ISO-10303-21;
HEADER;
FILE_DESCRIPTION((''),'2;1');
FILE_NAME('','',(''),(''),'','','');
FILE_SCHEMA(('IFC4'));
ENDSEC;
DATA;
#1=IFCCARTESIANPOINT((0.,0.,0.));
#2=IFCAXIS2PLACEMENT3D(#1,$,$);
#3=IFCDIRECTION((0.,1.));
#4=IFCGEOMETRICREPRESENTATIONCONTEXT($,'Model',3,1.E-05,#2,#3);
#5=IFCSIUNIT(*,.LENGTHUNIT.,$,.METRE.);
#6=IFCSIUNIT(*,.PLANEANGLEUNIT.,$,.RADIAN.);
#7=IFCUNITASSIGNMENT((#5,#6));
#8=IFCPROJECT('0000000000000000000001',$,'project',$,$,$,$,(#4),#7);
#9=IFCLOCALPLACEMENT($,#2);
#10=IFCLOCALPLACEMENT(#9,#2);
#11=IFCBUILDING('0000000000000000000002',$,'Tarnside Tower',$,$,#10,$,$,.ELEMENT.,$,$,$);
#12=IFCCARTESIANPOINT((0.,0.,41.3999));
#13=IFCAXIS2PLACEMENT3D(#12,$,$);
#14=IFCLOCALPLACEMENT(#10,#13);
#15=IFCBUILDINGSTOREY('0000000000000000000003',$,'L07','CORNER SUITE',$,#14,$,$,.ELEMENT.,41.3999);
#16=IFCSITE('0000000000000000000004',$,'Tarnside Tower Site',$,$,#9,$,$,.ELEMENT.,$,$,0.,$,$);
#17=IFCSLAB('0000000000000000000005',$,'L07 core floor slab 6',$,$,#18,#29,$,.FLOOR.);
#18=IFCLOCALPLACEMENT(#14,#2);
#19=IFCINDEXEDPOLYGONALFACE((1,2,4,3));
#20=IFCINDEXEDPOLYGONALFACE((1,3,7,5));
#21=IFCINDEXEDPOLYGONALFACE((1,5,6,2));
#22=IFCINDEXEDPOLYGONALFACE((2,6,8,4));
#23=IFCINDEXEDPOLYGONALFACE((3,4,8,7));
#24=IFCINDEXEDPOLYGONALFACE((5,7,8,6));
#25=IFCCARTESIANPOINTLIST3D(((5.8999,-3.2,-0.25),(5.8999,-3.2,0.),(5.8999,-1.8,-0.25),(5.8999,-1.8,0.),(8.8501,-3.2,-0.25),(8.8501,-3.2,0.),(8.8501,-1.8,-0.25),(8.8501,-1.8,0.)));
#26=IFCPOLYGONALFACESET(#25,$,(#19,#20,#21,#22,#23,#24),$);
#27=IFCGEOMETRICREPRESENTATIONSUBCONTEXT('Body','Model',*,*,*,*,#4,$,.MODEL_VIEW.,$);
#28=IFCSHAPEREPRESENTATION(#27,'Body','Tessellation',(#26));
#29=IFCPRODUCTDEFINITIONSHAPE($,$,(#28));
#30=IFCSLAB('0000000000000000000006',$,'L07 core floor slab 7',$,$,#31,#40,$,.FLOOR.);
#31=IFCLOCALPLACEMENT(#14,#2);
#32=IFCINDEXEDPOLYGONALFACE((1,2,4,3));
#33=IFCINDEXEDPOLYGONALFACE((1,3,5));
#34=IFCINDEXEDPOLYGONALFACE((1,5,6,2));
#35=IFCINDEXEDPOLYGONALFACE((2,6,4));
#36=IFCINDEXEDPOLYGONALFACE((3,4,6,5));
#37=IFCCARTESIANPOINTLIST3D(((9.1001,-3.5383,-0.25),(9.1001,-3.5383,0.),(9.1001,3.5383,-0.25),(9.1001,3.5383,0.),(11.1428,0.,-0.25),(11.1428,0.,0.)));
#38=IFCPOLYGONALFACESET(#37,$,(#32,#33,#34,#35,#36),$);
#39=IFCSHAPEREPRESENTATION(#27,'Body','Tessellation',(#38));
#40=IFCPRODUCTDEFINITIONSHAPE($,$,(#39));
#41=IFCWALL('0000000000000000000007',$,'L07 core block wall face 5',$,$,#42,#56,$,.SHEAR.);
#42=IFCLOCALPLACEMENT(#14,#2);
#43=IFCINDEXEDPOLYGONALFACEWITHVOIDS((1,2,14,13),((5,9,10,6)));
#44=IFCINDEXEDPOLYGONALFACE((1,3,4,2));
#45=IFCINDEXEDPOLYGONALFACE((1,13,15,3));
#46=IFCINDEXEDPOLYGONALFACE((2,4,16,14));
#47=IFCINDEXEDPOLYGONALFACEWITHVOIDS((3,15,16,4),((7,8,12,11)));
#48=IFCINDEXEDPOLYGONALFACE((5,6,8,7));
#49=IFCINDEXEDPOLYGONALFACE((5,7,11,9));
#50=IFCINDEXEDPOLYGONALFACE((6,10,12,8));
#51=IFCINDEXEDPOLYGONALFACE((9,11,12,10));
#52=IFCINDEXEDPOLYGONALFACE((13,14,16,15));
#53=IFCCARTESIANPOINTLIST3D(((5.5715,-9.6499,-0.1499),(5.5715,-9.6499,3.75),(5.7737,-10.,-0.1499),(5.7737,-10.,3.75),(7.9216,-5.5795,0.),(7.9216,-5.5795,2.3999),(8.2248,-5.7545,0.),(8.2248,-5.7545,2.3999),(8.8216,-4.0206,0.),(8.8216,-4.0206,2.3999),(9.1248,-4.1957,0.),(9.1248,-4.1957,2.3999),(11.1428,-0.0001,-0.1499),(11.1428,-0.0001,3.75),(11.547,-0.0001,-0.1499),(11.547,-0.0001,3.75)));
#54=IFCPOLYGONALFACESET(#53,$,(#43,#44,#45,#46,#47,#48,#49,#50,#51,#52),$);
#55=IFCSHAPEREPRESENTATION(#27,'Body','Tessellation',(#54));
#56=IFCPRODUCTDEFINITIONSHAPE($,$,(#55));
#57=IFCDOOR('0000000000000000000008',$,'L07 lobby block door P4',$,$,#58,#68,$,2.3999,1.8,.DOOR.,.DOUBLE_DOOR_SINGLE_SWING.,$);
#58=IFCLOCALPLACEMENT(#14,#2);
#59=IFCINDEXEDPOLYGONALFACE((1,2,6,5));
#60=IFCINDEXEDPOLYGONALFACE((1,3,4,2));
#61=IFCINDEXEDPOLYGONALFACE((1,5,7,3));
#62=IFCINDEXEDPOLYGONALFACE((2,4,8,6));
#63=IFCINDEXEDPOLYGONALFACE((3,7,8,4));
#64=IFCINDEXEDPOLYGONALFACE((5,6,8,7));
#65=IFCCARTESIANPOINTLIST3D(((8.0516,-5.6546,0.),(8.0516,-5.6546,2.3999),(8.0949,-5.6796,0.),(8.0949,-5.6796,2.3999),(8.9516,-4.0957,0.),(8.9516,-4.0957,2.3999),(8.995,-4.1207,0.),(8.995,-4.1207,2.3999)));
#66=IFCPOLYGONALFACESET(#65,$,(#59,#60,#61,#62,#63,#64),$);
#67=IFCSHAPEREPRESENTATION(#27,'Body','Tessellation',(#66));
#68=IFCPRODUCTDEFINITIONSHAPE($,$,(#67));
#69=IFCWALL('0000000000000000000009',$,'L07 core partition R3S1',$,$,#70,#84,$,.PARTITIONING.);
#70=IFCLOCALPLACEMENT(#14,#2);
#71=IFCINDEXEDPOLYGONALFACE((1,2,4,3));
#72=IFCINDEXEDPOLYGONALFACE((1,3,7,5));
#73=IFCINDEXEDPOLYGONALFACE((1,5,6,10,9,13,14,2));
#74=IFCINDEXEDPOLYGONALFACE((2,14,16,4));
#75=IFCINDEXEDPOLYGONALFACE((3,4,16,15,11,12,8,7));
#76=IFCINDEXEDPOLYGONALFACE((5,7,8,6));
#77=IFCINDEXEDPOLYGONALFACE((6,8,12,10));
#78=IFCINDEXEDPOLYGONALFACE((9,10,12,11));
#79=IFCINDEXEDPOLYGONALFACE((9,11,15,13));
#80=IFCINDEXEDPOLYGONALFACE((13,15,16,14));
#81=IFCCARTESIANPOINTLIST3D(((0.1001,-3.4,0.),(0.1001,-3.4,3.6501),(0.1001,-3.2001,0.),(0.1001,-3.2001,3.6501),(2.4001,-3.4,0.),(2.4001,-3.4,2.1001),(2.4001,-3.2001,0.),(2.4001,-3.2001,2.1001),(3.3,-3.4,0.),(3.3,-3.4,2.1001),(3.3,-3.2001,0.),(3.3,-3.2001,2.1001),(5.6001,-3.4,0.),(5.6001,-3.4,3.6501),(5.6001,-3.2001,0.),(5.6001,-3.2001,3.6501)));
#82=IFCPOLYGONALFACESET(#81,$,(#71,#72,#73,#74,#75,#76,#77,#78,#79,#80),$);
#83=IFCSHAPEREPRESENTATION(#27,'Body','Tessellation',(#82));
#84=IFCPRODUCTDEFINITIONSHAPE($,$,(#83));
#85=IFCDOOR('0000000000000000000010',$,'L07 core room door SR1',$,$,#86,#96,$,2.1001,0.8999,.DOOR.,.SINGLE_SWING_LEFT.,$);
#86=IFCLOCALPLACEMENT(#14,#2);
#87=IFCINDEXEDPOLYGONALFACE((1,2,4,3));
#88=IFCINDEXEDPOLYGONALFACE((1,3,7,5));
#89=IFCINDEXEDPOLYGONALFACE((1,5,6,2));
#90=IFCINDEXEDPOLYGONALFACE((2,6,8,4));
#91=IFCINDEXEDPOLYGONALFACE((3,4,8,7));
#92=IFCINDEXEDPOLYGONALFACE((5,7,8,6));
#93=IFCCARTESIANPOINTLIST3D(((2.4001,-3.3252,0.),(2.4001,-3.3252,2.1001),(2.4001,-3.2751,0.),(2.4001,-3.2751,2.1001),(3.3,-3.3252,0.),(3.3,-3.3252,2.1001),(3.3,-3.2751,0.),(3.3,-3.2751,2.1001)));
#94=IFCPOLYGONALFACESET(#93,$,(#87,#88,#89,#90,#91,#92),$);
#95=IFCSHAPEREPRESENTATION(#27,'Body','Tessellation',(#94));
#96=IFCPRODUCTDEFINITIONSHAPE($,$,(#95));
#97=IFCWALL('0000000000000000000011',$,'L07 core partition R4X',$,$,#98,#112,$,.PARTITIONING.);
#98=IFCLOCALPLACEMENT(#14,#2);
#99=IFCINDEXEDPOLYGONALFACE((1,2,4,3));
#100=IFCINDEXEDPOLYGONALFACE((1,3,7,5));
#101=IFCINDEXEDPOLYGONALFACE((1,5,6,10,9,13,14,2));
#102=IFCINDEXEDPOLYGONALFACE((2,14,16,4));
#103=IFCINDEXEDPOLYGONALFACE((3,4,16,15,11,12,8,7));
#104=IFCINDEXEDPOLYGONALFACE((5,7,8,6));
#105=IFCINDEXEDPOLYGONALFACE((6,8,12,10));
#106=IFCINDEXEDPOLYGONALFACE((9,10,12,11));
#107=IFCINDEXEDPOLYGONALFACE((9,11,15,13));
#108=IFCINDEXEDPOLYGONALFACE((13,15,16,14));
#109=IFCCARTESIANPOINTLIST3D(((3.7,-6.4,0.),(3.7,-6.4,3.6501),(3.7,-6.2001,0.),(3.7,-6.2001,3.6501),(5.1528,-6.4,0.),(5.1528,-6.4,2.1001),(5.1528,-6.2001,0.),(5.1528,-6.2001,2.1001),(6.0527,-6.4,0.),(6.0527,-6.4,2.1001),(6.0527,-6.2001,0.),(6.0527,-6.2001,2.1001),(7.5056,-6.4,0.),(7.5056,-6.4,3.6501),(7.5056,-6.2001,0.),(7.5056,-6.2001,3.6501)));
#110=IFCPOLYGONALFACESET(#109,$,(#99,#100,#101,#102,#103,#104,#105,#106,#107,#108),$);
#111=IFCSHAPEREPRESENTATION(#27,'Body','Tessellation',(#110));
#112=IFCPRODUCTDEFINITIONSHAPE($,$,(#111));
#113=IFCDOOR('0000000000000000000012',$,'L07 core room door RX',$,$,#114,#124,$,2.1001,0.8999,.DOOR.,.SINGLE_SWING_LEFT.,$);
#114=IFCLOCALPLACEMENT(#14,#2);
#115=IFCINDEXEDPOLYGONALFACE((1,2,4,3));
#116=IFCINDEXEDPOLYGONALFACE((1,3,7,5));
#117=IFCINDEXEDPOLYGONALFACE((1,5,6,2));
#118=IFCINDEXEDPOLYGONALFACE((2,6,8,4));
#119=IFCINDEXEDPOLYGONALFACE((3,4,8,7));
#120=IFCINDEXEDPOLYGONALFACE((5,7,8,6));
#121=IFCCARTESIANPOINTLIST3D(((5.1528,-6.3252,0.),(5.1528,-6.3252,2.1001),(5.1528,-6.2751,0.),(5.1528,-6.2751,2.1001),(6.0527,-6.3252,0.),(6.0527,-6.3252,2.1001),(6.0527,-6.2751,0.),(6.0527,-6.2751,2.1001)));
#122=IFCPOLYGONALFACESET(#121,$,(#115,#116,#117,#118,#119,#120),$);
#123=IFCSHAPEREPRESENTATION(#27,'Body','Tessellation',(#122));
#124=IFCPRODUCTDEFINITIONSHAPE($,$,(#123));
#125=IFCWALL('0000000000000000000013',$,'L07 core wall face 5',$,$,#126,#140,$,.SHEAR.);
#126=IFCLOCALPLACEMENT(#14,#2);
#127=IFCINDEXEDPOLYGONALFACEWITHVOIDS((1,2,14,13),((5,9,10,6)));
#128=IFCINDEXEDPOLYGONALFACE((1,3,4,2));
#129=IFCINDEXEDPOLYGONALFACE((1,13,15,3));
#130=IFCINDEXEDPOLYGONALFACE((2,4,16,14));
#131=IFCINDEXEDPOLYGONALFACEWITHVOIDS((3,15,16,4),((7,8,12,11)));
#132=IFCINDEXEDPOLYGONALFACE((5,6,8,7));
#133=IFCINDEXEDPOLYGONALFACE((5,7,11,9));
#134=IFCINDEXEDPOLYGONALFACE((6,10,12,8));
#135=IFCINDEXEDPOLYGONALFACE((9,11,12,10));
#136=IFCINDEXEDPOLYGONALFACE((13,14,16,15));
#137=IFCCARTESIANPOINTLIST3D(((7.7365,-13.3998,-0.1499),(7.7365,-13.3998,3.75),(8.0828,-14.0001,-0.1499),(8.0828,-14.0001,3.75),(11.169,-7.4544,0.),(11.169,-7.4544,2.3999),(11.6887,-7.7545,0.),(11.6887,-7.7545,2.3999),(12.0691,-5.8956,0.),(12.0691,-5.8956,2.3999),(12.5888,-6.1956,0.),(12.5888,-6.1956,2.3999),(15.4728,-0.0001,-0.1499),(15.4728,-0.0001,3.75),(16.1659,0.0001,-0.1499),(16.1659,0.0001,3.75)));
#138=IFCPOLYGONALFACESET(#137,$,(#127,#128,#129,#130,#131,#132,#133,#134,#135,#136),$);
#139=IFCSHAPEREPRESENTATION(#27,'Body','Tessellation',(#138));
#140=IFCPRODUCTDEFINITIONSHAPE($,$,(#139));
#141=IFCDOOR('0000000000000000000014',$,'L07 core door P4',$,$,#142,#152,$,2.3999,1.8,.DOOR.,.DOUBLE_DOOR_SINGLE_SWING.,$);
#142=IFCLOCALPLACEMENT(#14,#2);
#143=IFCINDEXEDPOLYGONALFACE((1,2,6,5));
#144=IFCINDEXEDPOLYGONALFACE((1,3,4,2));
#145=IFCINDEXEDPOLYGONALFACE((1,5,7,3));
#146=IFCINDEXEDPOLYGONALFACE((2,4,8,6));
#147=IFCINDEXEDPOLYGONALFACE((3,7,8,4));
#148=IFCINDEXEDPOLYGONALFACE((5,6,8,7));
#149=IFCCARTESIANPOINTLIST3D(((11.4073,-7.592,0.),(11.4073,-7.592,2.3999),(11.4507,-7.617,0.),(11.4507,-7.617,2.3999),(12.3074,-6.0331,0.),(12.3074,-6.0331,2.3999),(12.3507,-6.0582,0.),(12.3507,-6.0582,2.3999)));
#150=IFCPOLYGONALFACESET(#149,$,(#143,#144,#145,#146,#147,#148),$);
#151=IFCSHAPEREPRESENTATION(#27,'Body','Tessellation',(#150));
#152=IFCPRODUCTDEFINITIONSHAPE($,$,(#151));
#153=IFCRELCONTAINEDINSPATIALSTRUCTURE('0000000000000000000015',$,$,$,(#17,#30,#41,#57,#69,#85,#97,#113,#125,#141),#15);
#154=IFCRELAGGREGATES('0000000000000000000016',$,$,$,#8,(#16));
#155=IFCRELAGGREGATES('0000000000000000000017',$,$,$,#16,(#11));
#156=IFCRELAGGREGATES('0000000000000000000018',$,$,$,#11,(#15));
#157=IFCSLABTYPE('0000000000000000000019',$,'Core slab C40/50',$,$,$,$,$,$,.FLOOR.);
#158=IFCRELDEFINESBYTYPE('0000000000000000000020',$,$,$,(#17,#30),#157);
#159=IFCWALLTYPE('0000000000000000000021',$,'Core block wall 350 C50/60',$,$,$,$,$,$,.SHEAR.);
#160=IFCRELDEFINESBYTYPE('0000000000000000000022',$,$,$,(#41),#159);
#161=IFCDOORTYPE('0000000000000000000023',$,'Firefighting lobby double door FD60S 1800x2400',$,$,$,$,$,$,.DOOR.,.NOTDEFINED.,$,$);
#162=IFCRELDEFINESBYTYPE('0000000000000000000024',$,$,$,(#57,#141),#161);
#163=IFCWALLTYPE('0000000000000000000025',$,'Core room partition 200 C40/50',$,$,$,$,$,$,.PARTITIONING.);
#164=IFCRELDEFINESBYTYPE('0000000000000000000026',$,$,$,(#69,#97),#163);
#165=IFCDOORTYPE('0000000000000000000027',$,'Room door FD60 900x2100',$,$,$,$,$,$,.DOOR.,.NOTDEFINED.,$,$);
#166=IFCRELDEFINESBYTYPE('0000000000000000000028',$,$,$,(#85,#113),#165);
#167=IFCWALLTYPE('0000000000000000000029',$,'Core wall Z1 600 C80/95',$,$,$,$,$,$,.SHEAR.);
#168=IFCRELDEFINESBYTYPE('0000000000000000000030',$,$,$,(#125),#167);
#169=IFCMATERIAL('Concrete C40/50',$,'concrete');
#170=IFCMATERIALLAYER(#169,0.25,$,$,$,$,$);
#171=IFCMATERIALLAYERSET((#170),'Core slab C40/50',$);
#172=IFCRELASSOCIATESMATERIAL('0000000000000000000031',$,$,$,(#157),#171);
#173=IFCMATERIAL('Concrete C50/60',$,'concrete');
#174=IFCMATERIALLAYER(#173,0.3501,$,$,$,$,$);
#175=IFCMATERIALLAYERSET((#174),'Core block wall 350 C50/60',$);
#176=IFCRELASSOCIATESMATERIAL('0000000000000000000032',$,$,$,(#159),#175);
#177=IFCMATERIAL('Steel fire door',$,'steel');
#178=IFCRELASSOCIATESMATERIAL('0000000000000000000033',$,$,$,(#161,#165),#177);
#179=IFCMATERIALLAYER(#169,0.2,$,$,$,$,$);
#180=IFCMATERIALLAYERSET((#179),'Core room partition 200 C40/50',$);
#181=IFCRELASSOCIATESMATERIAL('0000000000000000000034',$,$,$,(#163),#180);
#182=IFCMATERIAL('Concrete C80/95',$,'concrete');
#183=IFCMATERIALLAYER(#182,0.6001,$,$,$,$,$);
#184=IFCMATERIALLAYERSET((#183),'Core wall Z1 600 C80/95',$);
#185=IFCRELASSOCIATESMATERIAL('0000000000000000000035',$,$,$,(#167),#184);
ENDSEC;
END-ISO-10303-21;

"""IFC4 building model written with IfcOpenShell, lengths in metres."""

from ifc_helpers import new_model, si_unit, direction, frame, frame_2d, origin, place, context, subcontext, project, spatial, polyline, rectangle, outline, extrude, material, layer, layer_set, type_object, element, fill, save


model = new_model("IFC4")

# Units and contexts
model_context = context("Model", 3, precision=1e-05, world=origin(), true_north=direction((0.0, 1.0)))
body_context = subcontext(model_context, "Body", "Model", "MODEL_VIEW")
ifc_project = project(units=[si_unit("LENGTHUNIT", "METRE"), si_unit("PLANEANGLEUNIT", "RADIAN")], contexts=[model_context])

# Site, building, storey
site_placement = place(None, origin())
site = spatial("IfcSite", under=ifc_project, at=site_placement, Name="Tarnside Tower Site", CompositionType="ELEMENT", RefElevation=0.0)
building_placement = place(site_placement, origin())
building = spatial("IfcBuilding", under=site, at=building_placement, Name="Tarnside Tower", CompositionType="ELEMENT")
storey_placement = place(building_placement, frame((0.0, 0.0, 41.3999)))
storey = spatial("IfcBuildingStorey", under=building, at=storey_placement, Name="L07", Description="CORNER SUITE", CompositionType="ELEMENT", Elevation=41.3999)

# Slabs
ifc_material_1 = material(Name="Concrete C40/50", Category="concrete")
ifc_layer_1 = layer(ifc_material_1, 0.25)
ifc_layer_set_1 = layer_set([ifc_layer_1], Name="Core slab C40/50")
slab_type = type_object("IfcSlabType", Name="Core slab C40/50", PredefinedType="FLOOR", material=ifc_layer_set_1)
slab_1_placement = place(storey_placement, frame((0.0, 0.0, -0.25)))
element("IfcSlab", 1, at=slab_1_placement, inside=storey, type_object=slab_type, Name="L07 core floor slab 6", PredefinedType="FLOOR", context=body_context, shape_type="SweptSolid", body=[
    extrude(outline(polyline([(5.8999, -3.2), (5.8999, -1.8), (8.8501, -1.8), (8.8501, -3.2), (5.8999, -3.2)])), origin(), (0.0, 0.0, 1.0), 0.25),
])
slab_2_placement = place(storey_placement, frame((0.0, 0.0, -0.25)))
element("IfcSlab", 2, at=slab_2_placement, inside=storey, type_object=slab_type, Name="L07 core floor slab 7", PredefinedType="FLOOR", context=body_context, shape_type="SweptSolid", body=[
    extrude(outline(polyline([(9.1001, -3.5383), (9.1001, 3.5383), (11.1428, 0.0), (9.1001, -3.5383)])), origin(), (0.0, 0.0, 1.0), 0.25),
])

# Walls, openings, doors
ifc_material_2 = material(Name="Concrete C50/60", Category="concrete")
ifc_layer_2 = layer(ifc_material_2, 0.3501)
ifc_layer_set_2 = layer_set([ifc_layer_2], Name="Core block wall 350 C50/60")
wall_type_1 = type_object("IfcWallType", Name="Core block wall 350 C50/60", PredefinedType="SHEAR", material=ifc_layer_set_2)
wall_1_placement = place(storey_placement, frame((5.6726, -9.825, -0.1499), z_axis=(0.0, 0.0, 1.0), x_axis=(0.499995, 0.866028, 0.0)))
wall_1 = element("IfcWall", 3, at=wall_1_placement, inside=storey, type_object=wall_type_1, Name="L07 core block wall face 5", PredefinedType="SHEAR", context=body_context, shape_type="SweptSolid", body=[
    extrude(outline(polyline([(-0.1011, -0.175), (11.4458, -0.175), (11.2437, 0.175), (0.1011, 0.175), (-0.1011, -0.175)])), origin(), (0.0, 0.0, 1.0), 3.8999),
])
opening_1_placement = place(wall_1_placement, frame((4.8013, 0.0, 0.1499)))
opening_1 = element("IfcOpeningElement", 4, at=opening_1_placement, cuts=wall_1, PredefinedType="OPENING", context=body_context, shape_type="SweptSolid", body=[
    extrude(rectangle(XDim=1.8, YDim=2.3999, at=frame_2d((0.8999, 1.2))), frame((0.0, 0.1851, 0.0), z_axis=(0.0, -1.0, 0.0), x_axis=(1.0, 0.0, 0.0)), (0.0, 0.0, 1.0), 0.3701),
])
ifc_material_3 = material(Name="Steel fire door", Category="steel")
door_type_1 = type_object("IfcDoorType", Name="Firefighting lobby double door FD60S 1800x2400", OperationType="NOTDEFINED", PredefinedType="DOOR", material=ifc_material_3)
door_1_placement = place(opening_1_placement, origin())
door_1 = element("IfcDoor", 5, at=door_1_placement, inside=storey, type_object=door_type_1, Name="L07 lobby block door P4", OperationType="DOUBLE_DOOR_SINGLE_SWING", OverallHeight=2.3999, OverallWidth=1.8, PredefinedType="DOOR", context=body_context, shape_type="SweptSolid", body=[
    extrude(rectangle(XDim=1.8, YDim=2.3999, at=frame_2d((0.8999, 1.2))), frame((0.0, 0.0249, 0.0), z_axis=(0.0, -1.0, 0.0), x_axis=(1.0, 0.0, 0.0)), (0.0, 0.0, 1.0), 0.05),
])
fill(opening_1, door_1)
ifc_layer_3 = layer(ifc_material_1, 0.2)
ifc_layer_set_3 = layer_set([ifc_layer_3], Name="Core room partition 200 C40/50")
wall_type_2 = type_object("IfcWallType", Name="Core room partition 200 C40/50", PredefinedType="PARTITIONING", material=ifc_layer_set_3)
wall_2_placement = place(storey_placement, frame((0.1001, -3.3, 0.0), z_axis=(0.0, 0.0, 1.0), x_axis=(1.0, 0.0, 0.0)))
wall_2 = element("IfcWall", 6, at=wall_2_placement, inside=storey, type_object=wall_type_2, Name="L07 core partition R3S1", PredefinedType="PARTITIONING", context=body_context, shape_type="SweptSolid", body=[
    extrude(rectangle(XDim=5.5, YDim=0.2, at=frame_2d((2.75, 0.0))), origin(), (0.0, 0.0, 1.0), 3.6501),
])
opening_2_placement = place(wall_2_placement, frame((2.3, 0.0, 0.0)))
opening_2 = element("IfcOpeningElement", 7, at=opening_2_placement, cuts=wall_2, PredefinedType="OPENING", context=body_context, shape_type="SweptSolid", body=[
    extrude(rectangle(XDim=0.8999, YDim=2.1001, at=frame_2d((0.45, 1.05))), frame((0.0, 0.1099, 0.0), z_axis=(0.0, -1.0, 0.0), x_axis=(1.0, 0.0, 0.0)), (0.0, 0.0, 1.0), 0.22),
])
door_type_2 = type_object("IfcDoorType", Name="Room door FD60 900x2100", OperationType="NOTDEFINED", PredefinedType="DOOR", material=ifc_material_3)
door_2_placement = place(opening_2_placement, origin())
door_2 = element("IfcDoor", 8, at=door_2_placement, inside=storey, type_object=door_type_2, Name="L07 core room door SR1", OperationType="SINGLE_SWING_LEFT", OverallHeight=2.1001, OverallWidth=0.8999, PredefinedType="DOOR", context=body_context, shape_type="SweptSolid", body=[
    extrude(rectangle(XDim=0.8999, YDim=2.1001, at=frame_2d((0.45, 1.05))), frame((0.0, 0.0249, 0.0), z_axis=(0.0, -1.0, 0.0), x_axis=(1.0, 0.0, 0.0)), (0.0, 0.0, 1.0), 0.05),
])
fill(opening_2, door_2)
wall_3_placement = place(storey_placement, frame((3.7, -6.3, 0.0), z_axis=(0.0, 0.0, 1.0), x_axis=(1.0, 0.0, 0.0)))
wall_3 = element("IfcWall", 9, at=wall_3_placement, inside=storey, type_object=wall_type_2, Name="L07 core partition R4X", PredefinedType="PARTITIONING", context=body_context, shape_type="SweptSolid", body=[
    extrude(rectangle(XDim=3.8057, YDim=0.2, at=frame_2d((1.9028, 0.0))), origin(), (0.0, 0.0, 1.0), 3.6501),
])
opening_3_placement = place(wall_3_placement, frame((1.4529, 0.0, 0.0)))
opening_3 = element("IfcOpeningElement", 10, at=opening_3_placement, cuts=wall_3, PredefinedType="OPENING", context=body_context, shape_type="SweptSolid", body=[
    extrude(rectangle(XDim=0.8999, YDim=2.1001, at=frame_2d((0.45, 1.05))), frame((0.0, 0.1099, 0.0), z_axis=(0.0, -1.0, 0.0), x_axis=(1.0, 0.0, 0.0)), (0.0, 0.0, 1.0), 0.22),
])
door_3_placement = place(opening_3_placement, origin())
door_3 = element("IfcDoor", 11, at=door_3_placement, inside=storey, type_object=door_type_2, Name="L07 core room door RX", OperationType="SINGLE_SWING_LEFT", OverallHeight=2.1001, OverallWidth=0.8999, PredefinedType="DOOR", context=body_context, shape_type="SweptSolid", body=[
    extrude(rectangle(XDim=0.8999, YDim=2.1001, at=frame_2d((0.45, 1.05))), frame((0.0, 0.0249, 0.0), z_axis=(0.0, -1.0, 0.0), x_axis=(1.0, 0.0, 0.0)), (0.0, 0.0, 1.0), 0.05),
])
fill(opening_3, door_3)
ifc_material_4 = material(Name="Concrete C80/95", Category="concrete")
ifc_layer_4 = layer(ifc_material_4, 0.6001)
ifc_layer_set_4 = layer_set([ifc_layer_4], Name="Core wall Z1 600 C80/95")
wall_type_3 = type_object("IfcWallType", Name="Core wall Z1 600 C80/95", PredefinedType="SHEAR", material=ifc_layer_set_4)
wall_4_placement = place(storey_placement, frame((7.9097, -13.7, -0.1499), z_axis=(0.0, 0.0, 1.0), x_axis=(0.5, 0.866025, 0.0)))
wall_4 = element("IfcWall", 12, at=wall_4_placement, inside=storey, type_object=wall_type_3, Name="L07 core wall face 5", PredefinedType="SHEAR", context=body_context, shape_type="SweptSolid", body=[
    extrude(outline(polyline([(-0.1733, -0.3), (15.9927, -0.3), (15.646, 0.3), (0.1733, 0.3), (-0.1733, -0.3)])), origin(), (0.0, 0.0, 1.0), 3.8999),
])
opening_4_placement = place(wall_4_placement, frame((7.0386, 0.0, 0.1499)))
opening_4 = element("IfcOpeningElement", 13, at=opening_4_placement, cuts=wall_4, PredefinedType="OPENING", context=body_context, shape_type="SweptSolid", body=[
    extrude(rectangle(XDim=1.8, YDim=2.3999, at=frame_2d((0.8999, 1.2))), frame((0.0, 0.3101, 0.0), z_axis=(0.0, -1.0, 0.0), x_axis=(1.0, 0.0, 0.0)), (0.0, 0.0, 1.0), 0.6201),
])
door_4_placement = place(opening_4_placement, origin())
door_4 = element("IfcDoor", 14, at=door_4_placement, inside=storey, type_object=door_type_1, Name="L07 core door P4", OperationType="DOUBLE_DOOR_SINGLE_SWING", OverallHeight=2.3999, OverallWidth=1.8, PredefinedType="DOOR", context=body_context, shape_type="SweptSolid", body=[
    extrude(rectangle(XDim=1.8, YDim=2.3999, at=frame_2d((0.8999, 1.2))), frame((0.0, 0.0249, 0.0), z_axis=(0.0, -1.0, 0.0), x_axis=(1.0, 0.0, 0.0)), (0.0, 0.0, 1.0), 0.05),
])
fill(opening_4, door_4)

save(model, "model.ifc")
